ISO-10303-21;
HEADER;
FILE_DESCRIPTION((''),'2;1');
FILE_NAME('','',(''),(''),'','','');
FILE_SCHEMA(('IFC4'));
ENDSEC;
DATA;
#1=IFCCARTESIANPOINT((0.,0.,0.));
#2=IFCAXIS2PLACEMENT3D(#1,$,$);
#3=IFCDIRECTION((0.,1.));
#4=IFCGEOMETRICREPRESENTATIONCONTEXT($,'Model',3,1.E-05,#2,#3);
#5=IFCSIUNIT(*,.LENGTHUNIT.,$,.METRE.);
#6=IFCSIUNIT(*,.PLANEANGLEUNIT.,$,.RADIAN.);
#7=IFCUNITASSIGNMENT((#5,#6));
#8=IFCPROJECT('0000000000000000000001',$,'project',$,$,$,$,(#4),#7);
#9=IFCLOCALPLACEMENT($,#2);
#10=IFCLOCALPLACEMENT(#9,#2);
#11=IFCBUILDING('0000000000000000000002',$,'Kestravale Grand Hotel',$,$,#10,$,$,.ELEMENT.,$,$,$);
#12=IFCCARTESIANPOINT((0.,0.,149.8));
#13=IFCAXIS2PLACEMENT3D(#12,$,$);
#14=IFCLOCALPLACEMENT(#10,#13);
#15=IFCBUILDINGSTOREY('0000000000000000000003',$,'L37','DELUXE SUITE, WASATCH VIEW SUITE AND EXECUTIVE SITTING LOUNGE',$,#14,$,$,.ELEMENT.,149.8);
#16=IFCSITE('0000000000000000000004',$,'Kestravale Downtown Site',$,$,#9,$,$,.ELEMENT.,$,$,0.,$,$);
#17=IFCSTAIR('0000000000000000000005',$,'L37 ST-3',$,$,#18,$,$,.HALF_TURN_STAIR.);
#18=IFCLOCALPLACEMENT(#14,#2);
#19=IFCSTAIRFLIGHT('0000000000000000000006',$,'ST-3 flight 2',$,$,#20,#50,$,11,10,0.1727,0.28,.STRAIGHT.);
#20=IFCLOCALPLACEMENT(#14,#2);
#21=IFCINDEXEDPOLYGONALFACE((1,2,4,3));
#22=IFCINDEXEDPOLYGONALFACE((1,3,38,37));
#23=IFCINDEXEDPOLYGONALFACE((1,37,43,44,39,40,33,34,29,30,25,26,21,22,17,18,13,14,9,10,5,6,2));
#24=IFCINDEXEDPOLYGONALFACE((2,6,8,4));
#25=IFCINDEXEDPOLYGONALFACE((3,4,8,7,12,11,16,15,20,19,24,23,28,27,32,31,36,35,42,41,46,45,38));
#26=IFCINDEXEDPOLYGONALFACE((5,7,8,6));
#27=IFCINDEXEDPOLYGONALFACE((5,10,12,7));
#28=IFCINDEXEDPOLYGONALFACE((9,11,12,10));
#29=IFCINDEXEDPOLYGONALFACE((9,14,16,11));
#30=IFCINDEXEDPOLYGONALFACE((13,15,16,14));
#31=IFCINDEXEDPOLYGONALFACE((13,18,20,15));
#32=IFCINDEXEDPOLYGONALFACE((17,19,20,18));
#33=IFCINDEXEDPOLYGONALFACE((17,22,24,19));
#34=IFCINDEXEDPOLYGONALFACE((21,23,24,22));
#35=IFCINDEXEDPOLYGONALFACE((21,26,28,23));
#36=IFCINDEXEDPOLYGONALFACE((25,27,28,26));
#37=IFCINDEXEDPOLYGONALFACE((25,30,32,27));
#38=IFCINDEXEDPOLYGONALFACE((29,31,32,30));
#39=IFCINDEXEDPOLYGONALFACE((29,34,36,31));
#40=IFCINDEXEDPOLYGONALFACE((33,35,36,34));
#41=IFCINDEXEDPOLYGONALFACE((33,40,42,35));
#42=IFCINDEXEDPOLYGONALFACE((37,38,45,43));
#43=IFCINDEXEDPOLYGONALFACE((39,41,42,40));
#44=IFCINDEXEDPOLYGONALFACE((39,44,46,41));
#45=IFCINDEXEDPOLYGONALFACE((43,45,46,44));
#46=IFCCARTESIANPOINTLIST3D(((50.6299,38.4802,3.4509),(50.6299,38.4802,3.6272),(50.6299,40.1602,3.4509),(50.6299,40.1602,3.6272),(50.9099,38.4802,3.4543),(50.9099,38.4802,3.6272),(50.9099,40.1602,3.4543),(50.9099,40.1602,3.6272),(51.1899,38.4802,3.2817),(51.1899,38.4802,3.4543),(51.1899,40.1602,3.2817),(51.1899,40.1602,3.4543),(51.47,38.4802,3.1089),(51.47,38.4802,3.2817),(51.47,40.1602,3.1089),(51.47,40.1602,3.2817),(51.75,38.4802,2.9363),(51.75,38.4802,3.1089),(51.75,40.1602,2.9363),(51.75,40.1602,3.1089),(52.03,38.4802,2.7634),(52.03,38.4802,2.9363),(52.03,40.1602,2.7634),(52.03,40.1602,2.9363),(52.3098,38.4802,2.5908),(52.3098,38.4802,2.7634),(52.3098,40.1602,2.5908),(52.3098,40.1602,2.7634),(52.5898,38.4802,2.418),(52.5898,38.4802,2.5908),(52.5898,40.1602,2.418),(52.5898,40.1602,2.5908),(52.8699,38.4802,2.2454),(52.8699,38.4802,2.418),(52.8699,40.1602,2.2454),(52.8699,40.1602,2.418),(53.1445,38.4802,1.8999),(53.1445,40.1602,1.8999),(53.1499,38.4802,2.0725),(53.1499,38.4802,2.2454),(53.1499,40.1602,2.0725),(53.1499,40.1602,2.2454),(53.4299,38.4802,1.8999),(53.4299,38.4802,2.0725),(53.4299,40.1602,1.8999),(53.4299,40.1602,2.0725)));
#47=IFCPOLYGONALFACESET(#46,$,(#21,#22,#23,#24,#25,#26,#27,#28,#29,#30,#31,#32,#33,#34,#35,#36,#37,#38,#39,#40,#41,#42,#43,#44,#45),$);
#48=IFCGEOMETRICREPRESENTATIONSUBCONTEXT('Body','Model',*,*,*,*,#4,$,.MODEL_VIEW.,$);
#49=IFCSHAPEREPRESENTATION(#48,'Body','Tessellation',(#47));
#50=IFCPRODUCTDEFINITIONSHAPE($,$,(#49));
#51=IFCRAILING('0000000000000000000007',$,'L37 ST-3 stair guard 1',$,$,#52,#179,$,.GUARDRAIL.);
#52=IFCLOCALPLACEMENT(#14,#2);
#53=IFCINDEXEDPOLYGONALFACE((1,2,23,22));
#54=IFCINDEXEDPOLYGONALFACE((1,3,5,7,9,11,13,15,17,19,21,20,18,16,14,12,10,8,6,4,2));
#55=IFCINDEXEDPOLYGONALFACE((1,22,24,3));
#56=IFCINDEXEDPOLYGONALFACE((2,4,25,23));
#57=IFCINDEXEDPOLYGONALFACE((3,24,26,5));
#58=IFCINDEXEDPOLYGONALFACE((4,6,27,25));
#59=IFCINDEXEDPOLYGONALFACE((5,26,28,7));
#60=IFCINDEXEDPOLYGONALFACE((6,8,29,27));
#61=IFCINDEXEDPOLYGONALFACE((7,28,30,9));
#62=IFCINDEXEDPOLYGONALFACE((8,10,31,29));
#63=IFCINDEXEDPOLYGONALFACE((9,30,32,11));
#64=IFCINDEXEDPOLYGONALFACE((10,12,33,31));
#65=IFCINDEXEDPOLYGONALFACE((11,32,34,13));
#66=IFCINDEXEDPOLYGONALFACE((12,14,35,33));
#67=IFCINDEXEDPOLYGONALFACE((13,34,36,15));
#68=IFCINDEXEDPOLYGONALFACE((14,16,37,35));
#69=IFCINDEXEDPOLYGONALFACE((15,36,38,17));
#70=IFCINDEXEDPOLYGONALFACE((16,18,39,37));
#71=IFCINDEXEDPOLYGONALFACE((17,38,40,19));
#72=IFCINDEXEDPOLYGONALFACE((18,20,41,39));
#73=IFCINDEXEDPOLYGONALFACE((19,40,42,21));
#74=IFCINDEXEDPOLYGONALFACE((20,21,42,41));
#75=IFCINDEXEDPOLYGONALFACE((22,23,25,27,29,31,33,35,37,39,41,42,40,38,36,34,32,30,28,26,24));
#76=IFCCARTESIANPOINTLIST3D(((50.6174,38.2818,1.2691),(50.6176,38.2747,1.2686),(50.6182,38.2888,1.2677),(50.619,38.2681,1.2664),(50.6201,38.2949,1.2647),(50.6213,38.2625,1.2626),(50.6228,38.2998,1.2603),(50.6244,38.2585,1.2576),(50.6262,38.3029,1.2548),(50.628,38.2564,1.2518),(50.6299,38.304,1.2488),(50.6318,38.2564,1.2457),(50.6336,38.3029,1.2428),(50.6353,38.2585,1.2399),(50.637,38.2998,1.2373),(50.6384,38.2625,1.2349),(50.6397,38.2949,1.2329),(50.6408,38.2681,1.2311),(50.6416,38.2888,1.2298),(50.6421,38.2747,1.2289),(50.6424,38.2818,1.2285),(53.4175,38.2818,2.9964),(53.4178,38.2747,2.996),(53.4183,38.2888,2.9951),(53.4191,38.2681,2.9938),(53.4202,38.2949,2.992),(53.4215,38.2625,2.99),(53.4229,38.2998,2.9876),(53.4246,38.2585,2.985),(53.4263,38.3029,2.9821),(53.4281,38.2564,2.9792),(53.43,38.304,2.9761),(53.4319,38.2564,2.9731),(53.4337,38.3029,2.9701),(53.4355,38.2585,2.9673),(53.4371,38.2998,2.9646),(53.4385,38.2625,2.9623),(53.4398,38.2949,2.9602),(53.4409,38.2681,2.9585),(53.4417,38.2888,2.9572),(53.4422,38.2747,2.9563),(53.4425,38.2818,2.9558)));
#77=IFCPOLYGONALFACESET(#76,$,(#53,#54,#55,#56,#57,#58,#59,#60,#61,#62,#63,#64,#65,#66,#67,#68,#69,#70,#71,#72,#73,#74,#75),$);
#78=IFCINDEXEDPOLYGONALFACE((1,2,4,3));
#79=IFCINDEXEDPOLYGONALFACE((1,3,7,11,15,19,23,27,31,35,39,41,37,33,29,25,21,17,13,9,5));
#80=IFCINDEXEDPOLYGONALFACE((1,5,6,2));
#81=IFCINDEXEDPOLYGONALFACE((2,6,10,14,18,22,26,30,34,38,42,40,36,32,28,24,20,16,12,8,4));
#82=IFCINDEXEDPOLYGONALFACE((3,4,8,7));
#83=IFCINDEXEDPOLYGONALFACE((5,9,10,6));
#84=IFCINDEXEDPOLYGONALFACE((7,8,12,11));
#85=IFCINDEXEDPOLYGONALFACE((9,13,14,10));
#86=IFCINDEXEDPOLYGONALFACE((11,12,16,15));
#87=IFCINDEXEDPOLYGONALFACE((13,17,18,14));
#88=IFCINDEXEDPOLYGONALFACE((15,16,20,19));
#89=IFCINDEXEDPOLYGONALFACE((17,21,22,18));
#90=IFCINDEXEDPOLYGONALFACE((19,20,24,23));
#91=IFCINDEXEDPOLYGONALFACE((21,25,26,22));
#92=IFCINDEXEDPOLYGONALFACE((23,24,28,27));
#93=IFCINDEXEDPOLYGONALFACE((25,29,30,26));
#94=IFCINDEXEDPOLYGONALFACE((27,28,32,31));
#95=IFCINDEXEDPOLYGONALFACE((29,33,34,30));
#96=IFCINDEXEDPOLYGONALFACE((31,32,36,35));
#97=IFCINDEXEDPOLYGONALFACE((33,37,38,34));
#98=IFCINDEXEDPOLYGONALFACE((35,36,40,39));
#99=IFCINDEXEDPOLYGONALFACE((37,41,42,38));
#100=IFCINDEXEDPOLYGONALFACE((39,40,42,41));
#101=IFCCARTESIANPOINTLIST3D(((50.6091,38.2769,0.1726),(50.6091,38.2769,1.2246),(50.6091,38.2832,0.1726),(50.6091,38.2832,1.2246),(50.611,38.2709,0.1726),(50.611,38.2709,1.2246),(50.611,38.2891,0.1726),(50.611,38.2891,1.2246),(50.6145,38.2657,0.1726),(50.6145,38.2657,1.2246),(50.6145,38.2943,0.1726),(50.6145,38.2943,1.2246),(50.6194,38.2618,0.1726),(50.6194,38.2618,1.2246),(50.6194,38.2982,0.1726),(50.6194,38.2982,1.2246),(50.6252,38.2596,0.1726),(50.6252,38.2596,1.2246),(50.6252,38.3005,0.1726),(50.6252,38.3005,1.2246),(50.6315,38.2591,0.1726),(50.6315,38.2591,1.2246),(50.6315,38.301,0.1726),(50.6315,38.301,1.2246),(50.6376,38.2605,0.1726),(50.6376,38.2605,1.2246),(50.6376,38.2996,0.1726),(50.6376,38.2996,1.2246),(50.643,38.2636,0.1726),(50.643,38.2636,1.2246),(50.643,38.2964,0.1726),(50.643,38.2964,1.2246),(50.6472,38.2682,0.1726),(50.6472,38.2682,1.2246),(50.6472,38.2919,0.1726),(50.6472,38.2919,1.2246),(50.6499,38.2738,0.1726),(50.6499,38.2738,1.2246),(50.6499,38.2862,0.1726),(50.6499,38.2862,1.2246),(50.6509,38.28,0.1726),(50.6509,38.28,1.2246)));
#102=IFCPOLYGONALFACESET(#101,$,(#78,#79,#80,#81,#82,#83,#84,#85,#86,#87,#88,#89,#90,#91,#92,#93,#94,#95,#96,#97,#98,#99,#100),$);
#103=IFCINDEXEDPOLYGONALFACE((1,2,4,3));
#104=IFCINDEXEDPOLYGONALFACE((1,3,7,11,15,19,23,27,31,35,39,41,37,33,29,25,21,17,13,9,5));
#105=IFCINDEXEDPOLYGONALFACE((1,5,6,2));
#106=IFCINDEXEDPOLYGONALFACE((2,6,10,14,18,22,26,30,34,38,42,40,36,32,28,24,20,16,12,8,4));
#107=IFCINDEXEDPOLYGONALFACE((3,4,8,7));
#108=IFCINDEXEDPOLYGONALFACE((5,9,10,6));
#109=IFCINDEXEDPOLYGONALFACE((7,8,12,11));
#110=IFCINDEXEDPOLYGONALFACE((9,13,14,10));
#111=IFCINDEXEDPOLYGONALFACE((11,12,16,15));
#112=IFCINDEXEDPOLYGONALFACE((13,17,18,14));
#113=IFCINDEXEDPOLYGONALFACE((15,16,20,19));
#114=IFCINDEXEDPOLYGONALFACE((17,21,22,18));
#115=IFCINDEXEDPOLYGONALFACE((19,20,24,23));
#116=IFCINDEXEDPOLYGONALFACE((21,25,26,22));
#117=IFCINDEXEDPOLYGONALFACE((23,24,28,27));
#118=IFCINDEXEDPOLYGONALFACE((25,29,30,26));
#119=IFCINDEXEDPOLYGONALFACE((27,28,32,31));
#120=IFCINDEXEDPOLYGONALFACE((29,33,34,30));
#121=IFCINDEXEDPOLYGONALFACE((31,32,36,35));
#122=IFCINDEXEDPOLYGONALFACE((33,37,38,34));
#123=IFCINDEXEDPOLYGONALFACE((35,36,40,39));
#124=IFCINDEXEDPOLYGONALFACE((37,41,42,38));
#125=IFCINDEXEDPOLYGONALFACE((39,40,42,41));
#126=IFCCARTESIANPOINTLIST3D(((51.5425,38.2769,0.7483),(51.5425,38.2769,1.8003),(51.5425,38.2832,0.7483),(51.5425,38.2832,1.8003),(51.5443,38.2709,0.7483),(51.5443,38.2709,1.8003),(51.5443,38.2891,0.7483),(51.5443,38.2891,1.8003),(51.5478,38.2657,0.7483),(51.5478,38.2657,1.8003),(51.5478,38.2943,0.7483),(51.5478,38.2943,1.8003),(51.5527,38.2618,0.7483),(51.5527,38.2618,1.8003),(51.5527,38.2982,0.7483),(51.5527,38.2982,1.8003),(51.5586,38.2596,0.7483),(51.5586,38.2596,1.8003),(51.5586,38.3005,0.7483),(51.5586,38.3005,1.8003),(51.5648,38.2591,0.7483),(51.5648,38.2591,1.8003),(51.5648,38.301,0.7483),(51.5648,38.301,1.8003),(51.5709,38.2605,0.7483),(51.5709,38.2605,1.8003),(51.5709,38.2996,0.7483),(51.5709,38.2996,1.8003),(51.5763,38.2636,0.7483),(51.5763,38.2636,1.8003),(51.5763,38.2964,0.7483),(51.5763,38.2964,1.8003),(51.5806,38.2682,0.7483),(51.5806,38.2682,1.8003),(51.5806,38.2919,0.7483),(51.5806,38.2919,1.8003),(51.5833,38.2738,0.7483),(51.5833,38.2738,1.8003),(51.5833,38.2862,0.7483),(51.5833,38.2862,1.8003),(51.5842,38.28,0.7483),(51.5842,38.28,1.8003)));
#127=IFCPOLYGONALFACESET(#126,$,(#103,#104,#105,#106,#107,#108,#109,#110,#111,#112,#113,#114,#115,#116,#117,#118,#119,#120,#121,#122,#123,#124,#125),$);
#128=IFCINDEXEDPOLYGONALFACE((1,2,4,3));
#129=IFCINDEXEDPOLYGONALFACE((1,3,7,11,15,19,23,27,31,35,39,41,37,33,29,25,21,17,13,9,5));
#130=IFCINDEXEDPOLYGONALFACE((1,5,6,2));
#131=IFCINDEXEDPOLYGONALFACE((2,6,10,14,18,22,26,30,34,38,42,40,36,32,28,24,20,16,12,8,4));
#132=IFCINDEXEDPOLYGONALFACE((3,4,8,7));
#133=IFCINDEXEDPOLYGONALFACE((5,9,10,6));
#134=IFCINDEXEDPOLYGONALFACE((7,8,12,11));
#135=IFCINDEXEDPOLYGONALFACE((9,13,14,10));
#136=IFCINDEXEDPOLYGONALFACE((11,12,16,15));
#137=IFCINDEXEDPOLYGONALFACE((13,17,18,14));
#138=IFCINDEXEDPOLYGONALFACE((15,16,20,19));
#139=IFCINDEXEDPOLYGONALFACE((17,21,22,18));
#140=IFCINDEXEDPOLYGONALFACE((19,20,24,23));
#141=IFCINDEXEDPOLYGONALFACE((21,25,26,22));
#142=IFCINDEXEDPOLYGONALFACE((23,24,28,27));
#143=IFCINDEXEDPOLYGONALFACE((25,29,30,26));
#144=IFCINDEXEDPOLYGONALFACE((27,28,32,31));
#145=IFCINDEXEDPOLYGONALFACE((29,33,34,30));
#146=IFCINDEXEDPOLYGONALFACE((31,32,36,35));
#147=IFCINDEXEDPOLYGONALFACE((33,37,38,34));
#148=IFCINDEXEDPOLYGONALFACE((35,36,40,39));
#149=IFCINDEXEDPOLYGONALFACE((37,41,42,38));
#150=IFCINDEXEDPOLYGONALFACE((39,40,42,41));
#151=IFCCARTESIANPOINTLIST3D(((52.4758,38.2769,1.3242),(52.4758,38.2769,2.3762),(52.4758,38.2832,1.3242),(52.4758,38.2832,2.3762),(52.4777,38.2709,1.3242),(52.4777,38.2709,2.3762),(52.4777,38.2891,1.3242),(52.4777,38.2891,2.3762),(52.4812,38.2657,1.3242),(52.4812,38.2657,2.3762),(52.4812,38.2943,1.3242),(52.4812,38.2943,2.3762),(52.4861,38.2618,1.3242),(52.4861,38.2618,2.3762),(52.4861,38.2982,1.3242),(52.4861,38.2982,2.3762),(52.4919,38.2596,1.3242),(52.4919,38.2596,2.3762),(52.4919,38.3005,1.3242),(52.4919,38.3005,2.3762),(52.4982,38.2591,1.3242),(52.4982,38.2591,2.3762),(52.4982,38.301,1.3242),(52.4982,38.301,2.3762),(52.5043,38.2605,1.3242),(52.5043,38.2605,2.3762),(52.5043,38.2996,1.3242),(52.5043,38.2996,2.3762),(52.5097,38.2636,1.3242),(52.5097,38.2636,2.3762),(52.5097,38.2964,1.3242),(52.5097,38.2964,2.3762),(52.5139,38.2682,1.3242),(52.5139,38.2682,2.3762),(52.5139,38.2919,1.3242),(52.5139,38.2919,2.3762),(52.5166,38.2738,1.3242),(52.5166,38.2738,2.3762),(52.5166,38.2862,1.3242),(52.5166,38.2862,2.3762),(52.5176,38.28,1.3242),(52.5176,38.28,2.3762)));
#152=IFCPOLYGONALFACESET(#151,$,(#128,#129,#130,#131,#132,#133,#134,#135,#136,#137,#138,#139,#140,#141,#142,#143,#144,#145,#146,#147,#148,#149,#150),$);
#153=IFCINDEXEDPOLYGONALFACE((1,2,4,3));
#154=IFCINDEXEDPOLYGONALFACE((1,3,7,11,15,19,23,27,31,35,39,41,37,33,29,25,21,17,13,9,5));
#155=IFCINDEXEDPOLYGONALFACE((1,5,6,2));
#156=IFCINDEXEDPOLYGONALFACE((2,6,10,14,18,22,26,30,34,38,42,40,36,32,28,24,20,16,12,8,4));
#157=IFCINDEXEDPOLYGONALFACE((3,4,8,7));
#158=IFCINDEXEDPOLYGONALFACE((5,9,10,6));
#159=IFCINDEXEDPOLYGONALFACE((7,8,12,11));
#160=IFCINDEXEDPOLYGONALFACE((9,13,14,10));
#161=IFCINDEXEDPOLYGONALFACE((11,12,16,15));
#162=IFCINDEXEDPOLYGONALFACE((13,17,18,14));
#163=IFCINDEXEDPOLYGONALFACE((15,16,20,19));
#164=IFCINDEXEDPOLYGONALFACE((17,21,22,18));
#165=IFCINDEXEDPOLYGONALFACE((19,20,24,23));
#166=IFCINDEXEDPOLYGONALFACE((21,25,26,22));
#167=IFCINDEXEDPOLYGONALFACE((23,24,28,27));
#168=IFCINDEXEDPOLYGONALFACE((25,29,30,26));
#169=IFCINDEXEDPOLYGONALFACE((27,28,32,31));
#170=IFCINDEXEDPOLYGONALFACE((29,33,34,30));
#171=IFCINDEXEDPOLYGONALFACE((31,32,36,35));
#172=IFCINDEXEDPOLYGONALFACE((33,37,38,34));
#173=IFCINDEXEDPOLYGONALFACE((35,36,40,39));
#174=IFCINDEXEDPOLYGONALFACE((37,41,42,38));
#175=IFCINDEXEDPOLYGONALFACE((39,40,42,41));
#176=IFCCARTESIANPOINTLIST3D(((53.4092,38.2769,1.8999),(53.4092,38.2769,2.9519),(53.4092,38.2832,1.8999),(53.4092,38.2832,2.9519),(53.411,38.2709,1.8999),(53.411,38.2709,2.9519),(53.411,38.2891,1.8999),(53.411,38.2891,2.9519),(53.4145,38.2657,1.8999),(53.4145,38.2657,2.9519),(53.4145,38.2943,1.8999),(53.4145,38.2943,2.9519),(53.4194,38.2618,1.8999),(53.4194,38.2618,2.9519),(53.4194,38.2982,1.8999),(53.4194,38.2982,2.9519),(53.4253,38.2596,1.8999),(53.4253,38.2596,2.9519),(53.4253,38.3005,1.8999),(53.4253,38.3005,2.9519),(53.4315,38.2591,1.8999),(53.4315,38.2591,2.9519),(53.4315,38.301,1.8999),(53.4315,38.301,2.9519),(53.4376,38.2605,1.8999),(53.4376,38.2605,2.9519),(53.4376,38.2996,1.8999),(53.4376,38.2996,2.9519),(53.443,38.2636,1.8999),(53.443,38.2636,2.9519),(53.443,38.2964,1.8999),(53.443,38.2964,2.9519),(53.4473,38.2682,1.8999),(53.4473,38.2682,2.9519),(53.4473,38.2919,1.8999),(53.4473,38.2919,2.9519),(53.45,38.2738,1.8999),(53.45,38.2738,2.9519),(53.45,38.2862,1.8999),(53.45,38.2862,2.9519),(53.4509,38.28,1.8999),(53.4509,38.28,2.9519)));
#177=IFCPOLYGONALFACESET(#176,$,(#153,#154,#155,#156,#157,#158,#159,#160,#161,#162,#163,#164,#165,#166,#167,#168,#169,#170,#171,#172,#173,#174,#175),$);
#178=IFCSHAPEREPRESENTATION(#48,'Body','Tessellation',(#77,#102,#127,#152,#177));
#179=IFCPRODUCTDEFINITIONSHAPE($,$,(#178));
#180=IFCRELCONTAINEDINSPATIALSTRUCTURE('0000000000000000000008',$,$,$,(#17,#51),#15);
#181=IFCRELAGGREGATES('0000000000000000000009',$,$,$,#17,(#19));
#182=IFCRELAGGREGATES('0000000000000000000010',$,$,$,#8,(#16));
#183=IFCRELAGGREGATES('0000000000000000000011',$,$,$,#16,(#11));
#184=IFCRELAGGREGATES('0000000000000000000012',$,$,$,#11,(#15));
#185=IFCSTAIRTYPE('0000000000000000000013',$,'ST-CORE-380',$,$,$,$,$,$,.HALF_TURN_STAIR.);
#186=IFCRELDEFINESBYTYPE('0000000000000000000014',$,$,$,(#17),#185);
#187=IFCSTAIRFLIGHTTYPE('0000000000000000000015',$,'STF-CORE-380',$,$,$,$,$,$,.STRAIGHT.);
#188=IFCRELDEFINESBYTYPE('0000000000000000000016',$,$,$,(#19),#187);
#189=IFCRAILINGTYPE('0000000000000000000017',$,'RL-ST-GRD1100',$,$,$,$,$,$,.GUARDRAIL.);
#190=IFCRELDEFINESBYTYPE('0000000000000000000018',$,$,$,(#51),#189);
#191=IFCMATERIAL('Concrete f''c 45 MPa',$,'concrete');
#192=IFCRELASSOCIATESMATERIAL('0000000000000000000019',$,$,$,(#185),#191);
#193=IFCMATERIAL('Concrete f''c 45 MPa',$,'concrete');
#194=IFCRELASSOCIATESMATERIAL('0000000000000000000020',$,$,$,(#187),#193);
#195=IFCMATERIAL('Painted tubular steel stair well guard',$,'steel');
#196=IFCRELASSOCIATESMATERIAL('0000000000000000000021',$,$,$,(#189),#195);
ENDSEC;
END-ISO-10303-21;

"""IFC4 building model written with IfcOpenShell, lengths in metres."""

from ifc_helpers import new_model, si_unit, direction, frame, origin, origin_2d, place, context, subcontext, project, spatial, polyline, circle, outline, extrude, material, type_object, element, aggregate, save


model = new_model("IFC4")

# Units and contexts
model_context = context("Model", 3, precision=1e-05, world=origin(), true_north=direction((0.0, 1.0)))
body_context = subcontext(model_context, "Body", "Model", "MODEL_VIEW")
ifc_project = project(units=[si_unit("LENGTHUNIT", "METRE"), si_unit("PLANEANGLEUNIT", "RADIAN")], contexts=[model_context])

# Site, building, storey
site_placement = place(None, origin())
site = spatial("IfcSite", under=ifc_project, at=site_placement, Name="Kestravale Downtown Site", CompositionType="ELEMENT", RefElevation=0.0)
building_placement = place(site_placement, origin())
building = spatial("IfcBuilding", under=site, at=building_placement, Name="Kestravale Grand Hotel", CompositionType="ELEMENT")
storey_placement = place(building_placement, frame((0.0, 0.0, 149.8)))
storey = spatial("IfcBuildingStorey", under=building, at=storey_placement, Name="L37", Description="DELUXE SUITE, WASATCH VIEW SUITE AND EXECUTIVE SITTING LOUNGE", CompositionType="ELEMENT", Elevation=149.8)

# Stair, stair flight
ifc_material_1 = material(Name="Concrete f'c 45 MPa", Category="concrete")
stair_type = type_object("IfcStairType", Name="ST-CORE-380", PredefinedType="HALF_TURN_STAIR", material=ifc_material_1)
stair_placement = place(storey_placement, origin())
stair = element("IfcStair", 1, at=stair_placement, inside=storey, type_object=stair_type, Name="L37 ST-3", PredefinedType="HALF_TURN_STAIR")
ifc_material_2 = material(Name="Concrete f'c 45 MPa", Category="concrete")
stair_flight_type = type_object("IfcStairFlightType", Name="STF-CORE-380", PredefinedType="STRAIGHT", material=ifc_material_2)
stair_flight_1_placement = place(storey_placement, frame((53.4299, 39.3201, 1.8999), z_axis=(0.0, 0.0, 1.0), x_axis=(-1.0, 0.0, 0.0)))
stair_flight_1 = element("IfcStairFlight", 2, at=stair_flight_1_placement, type_object=stair_flight_type, Name="ST-3 flight 2", NumberOfRisers=11, NumberOfTreads=10, PredefinedType="STRAIGHT", RiserHeight=0.1727, TreadLength=0.28, context=body_context, shape_type="SweptSolid", body=[
    extrude(outline(polyline([(0.0, 0.0), (0.0, 0.1726), (0.28, 0.1726), (0.28, 0.3455), (0.5601, 0.3455), (0.5601, 0.5181), (0.8401, 0.5181), (0.8401, 0.6909), (1.1201, 0.6909), (1.1201, 0.8635), (1.3999, 0.8635), (1.3999, 1.0364), (1.6799, 1.0364), (1.6799, 1.209), (1.96, 1.209), (1.96, 1.3818), (2.24, 1.3818), (2.24, 1.5544), (2.52, 1.5544), (2.52, 1.7273), (2.8, 1.7273), (2.8, 1.8999), (2.8, 1.551), (0.2854, 0.0), (0.0, 0.0)])), frame((0.0, 0.8398, 0.0), z_axis=(0.0, -1.0, 0.0), x_axis=(1.0, 0.0, 0.0)), (0.0, 0.0, 1.0), 1.6799),
])
aggregate(stair, [stair_flight_1])

# Railing
ifc_material_3 = material(Name="Painted tubular steel stair well guard", Category="steel")
railing_type_1 = type_object("IfcRailingType", Name="RL-ST-GRD1100", PredefinedType="GUARDRAIL", material=ifc_material_3)
railing_1_placement = place(storey_placement, frame((50.6299, 38.28, 0.1726)))
element("IfcRailing", 3, at=railing_1_placement, inside=storey, type_object=railing_type_1, Name="L37 ST-3 stair guard 1", PredefinedType="GUARDRAIL", context=body_context, shape_type="SweptSolid", body=[
    extrude(circle(Radius=0.0239, at=origin_2d()), frame((0.0, 0.0, 1.0762), z_axis=(0.85109, 0.0, 0.52502), x_axis=(0.0, 1.0, 0.0)), (0.0, 0.0, 1.0), 3.29),
    extrude(circle(Radius=0.021, at=origin_2d()), origin(), (0.0, 0.0, 1.0), 1.052),
    extrude(circle(Radius=0.021, at=origin_2d()), frame((0.9333, 0.0, 0.5757)), (0.0, 0.0, 1.0), 1.052),
    extrude(circle(Radius=0.021, at=origin_2d()), frame((1.8667, 0.0, 1.1516)), (0.0, 0.0, 1.0), 1.052),
    extrude(circle(Radius=0.021, at=origin_2d()), frame((2.8, 0.0, 1.7273)), (0.0, 0.0, 1.0), 1.052),
])

save(model, "model.ifc")
